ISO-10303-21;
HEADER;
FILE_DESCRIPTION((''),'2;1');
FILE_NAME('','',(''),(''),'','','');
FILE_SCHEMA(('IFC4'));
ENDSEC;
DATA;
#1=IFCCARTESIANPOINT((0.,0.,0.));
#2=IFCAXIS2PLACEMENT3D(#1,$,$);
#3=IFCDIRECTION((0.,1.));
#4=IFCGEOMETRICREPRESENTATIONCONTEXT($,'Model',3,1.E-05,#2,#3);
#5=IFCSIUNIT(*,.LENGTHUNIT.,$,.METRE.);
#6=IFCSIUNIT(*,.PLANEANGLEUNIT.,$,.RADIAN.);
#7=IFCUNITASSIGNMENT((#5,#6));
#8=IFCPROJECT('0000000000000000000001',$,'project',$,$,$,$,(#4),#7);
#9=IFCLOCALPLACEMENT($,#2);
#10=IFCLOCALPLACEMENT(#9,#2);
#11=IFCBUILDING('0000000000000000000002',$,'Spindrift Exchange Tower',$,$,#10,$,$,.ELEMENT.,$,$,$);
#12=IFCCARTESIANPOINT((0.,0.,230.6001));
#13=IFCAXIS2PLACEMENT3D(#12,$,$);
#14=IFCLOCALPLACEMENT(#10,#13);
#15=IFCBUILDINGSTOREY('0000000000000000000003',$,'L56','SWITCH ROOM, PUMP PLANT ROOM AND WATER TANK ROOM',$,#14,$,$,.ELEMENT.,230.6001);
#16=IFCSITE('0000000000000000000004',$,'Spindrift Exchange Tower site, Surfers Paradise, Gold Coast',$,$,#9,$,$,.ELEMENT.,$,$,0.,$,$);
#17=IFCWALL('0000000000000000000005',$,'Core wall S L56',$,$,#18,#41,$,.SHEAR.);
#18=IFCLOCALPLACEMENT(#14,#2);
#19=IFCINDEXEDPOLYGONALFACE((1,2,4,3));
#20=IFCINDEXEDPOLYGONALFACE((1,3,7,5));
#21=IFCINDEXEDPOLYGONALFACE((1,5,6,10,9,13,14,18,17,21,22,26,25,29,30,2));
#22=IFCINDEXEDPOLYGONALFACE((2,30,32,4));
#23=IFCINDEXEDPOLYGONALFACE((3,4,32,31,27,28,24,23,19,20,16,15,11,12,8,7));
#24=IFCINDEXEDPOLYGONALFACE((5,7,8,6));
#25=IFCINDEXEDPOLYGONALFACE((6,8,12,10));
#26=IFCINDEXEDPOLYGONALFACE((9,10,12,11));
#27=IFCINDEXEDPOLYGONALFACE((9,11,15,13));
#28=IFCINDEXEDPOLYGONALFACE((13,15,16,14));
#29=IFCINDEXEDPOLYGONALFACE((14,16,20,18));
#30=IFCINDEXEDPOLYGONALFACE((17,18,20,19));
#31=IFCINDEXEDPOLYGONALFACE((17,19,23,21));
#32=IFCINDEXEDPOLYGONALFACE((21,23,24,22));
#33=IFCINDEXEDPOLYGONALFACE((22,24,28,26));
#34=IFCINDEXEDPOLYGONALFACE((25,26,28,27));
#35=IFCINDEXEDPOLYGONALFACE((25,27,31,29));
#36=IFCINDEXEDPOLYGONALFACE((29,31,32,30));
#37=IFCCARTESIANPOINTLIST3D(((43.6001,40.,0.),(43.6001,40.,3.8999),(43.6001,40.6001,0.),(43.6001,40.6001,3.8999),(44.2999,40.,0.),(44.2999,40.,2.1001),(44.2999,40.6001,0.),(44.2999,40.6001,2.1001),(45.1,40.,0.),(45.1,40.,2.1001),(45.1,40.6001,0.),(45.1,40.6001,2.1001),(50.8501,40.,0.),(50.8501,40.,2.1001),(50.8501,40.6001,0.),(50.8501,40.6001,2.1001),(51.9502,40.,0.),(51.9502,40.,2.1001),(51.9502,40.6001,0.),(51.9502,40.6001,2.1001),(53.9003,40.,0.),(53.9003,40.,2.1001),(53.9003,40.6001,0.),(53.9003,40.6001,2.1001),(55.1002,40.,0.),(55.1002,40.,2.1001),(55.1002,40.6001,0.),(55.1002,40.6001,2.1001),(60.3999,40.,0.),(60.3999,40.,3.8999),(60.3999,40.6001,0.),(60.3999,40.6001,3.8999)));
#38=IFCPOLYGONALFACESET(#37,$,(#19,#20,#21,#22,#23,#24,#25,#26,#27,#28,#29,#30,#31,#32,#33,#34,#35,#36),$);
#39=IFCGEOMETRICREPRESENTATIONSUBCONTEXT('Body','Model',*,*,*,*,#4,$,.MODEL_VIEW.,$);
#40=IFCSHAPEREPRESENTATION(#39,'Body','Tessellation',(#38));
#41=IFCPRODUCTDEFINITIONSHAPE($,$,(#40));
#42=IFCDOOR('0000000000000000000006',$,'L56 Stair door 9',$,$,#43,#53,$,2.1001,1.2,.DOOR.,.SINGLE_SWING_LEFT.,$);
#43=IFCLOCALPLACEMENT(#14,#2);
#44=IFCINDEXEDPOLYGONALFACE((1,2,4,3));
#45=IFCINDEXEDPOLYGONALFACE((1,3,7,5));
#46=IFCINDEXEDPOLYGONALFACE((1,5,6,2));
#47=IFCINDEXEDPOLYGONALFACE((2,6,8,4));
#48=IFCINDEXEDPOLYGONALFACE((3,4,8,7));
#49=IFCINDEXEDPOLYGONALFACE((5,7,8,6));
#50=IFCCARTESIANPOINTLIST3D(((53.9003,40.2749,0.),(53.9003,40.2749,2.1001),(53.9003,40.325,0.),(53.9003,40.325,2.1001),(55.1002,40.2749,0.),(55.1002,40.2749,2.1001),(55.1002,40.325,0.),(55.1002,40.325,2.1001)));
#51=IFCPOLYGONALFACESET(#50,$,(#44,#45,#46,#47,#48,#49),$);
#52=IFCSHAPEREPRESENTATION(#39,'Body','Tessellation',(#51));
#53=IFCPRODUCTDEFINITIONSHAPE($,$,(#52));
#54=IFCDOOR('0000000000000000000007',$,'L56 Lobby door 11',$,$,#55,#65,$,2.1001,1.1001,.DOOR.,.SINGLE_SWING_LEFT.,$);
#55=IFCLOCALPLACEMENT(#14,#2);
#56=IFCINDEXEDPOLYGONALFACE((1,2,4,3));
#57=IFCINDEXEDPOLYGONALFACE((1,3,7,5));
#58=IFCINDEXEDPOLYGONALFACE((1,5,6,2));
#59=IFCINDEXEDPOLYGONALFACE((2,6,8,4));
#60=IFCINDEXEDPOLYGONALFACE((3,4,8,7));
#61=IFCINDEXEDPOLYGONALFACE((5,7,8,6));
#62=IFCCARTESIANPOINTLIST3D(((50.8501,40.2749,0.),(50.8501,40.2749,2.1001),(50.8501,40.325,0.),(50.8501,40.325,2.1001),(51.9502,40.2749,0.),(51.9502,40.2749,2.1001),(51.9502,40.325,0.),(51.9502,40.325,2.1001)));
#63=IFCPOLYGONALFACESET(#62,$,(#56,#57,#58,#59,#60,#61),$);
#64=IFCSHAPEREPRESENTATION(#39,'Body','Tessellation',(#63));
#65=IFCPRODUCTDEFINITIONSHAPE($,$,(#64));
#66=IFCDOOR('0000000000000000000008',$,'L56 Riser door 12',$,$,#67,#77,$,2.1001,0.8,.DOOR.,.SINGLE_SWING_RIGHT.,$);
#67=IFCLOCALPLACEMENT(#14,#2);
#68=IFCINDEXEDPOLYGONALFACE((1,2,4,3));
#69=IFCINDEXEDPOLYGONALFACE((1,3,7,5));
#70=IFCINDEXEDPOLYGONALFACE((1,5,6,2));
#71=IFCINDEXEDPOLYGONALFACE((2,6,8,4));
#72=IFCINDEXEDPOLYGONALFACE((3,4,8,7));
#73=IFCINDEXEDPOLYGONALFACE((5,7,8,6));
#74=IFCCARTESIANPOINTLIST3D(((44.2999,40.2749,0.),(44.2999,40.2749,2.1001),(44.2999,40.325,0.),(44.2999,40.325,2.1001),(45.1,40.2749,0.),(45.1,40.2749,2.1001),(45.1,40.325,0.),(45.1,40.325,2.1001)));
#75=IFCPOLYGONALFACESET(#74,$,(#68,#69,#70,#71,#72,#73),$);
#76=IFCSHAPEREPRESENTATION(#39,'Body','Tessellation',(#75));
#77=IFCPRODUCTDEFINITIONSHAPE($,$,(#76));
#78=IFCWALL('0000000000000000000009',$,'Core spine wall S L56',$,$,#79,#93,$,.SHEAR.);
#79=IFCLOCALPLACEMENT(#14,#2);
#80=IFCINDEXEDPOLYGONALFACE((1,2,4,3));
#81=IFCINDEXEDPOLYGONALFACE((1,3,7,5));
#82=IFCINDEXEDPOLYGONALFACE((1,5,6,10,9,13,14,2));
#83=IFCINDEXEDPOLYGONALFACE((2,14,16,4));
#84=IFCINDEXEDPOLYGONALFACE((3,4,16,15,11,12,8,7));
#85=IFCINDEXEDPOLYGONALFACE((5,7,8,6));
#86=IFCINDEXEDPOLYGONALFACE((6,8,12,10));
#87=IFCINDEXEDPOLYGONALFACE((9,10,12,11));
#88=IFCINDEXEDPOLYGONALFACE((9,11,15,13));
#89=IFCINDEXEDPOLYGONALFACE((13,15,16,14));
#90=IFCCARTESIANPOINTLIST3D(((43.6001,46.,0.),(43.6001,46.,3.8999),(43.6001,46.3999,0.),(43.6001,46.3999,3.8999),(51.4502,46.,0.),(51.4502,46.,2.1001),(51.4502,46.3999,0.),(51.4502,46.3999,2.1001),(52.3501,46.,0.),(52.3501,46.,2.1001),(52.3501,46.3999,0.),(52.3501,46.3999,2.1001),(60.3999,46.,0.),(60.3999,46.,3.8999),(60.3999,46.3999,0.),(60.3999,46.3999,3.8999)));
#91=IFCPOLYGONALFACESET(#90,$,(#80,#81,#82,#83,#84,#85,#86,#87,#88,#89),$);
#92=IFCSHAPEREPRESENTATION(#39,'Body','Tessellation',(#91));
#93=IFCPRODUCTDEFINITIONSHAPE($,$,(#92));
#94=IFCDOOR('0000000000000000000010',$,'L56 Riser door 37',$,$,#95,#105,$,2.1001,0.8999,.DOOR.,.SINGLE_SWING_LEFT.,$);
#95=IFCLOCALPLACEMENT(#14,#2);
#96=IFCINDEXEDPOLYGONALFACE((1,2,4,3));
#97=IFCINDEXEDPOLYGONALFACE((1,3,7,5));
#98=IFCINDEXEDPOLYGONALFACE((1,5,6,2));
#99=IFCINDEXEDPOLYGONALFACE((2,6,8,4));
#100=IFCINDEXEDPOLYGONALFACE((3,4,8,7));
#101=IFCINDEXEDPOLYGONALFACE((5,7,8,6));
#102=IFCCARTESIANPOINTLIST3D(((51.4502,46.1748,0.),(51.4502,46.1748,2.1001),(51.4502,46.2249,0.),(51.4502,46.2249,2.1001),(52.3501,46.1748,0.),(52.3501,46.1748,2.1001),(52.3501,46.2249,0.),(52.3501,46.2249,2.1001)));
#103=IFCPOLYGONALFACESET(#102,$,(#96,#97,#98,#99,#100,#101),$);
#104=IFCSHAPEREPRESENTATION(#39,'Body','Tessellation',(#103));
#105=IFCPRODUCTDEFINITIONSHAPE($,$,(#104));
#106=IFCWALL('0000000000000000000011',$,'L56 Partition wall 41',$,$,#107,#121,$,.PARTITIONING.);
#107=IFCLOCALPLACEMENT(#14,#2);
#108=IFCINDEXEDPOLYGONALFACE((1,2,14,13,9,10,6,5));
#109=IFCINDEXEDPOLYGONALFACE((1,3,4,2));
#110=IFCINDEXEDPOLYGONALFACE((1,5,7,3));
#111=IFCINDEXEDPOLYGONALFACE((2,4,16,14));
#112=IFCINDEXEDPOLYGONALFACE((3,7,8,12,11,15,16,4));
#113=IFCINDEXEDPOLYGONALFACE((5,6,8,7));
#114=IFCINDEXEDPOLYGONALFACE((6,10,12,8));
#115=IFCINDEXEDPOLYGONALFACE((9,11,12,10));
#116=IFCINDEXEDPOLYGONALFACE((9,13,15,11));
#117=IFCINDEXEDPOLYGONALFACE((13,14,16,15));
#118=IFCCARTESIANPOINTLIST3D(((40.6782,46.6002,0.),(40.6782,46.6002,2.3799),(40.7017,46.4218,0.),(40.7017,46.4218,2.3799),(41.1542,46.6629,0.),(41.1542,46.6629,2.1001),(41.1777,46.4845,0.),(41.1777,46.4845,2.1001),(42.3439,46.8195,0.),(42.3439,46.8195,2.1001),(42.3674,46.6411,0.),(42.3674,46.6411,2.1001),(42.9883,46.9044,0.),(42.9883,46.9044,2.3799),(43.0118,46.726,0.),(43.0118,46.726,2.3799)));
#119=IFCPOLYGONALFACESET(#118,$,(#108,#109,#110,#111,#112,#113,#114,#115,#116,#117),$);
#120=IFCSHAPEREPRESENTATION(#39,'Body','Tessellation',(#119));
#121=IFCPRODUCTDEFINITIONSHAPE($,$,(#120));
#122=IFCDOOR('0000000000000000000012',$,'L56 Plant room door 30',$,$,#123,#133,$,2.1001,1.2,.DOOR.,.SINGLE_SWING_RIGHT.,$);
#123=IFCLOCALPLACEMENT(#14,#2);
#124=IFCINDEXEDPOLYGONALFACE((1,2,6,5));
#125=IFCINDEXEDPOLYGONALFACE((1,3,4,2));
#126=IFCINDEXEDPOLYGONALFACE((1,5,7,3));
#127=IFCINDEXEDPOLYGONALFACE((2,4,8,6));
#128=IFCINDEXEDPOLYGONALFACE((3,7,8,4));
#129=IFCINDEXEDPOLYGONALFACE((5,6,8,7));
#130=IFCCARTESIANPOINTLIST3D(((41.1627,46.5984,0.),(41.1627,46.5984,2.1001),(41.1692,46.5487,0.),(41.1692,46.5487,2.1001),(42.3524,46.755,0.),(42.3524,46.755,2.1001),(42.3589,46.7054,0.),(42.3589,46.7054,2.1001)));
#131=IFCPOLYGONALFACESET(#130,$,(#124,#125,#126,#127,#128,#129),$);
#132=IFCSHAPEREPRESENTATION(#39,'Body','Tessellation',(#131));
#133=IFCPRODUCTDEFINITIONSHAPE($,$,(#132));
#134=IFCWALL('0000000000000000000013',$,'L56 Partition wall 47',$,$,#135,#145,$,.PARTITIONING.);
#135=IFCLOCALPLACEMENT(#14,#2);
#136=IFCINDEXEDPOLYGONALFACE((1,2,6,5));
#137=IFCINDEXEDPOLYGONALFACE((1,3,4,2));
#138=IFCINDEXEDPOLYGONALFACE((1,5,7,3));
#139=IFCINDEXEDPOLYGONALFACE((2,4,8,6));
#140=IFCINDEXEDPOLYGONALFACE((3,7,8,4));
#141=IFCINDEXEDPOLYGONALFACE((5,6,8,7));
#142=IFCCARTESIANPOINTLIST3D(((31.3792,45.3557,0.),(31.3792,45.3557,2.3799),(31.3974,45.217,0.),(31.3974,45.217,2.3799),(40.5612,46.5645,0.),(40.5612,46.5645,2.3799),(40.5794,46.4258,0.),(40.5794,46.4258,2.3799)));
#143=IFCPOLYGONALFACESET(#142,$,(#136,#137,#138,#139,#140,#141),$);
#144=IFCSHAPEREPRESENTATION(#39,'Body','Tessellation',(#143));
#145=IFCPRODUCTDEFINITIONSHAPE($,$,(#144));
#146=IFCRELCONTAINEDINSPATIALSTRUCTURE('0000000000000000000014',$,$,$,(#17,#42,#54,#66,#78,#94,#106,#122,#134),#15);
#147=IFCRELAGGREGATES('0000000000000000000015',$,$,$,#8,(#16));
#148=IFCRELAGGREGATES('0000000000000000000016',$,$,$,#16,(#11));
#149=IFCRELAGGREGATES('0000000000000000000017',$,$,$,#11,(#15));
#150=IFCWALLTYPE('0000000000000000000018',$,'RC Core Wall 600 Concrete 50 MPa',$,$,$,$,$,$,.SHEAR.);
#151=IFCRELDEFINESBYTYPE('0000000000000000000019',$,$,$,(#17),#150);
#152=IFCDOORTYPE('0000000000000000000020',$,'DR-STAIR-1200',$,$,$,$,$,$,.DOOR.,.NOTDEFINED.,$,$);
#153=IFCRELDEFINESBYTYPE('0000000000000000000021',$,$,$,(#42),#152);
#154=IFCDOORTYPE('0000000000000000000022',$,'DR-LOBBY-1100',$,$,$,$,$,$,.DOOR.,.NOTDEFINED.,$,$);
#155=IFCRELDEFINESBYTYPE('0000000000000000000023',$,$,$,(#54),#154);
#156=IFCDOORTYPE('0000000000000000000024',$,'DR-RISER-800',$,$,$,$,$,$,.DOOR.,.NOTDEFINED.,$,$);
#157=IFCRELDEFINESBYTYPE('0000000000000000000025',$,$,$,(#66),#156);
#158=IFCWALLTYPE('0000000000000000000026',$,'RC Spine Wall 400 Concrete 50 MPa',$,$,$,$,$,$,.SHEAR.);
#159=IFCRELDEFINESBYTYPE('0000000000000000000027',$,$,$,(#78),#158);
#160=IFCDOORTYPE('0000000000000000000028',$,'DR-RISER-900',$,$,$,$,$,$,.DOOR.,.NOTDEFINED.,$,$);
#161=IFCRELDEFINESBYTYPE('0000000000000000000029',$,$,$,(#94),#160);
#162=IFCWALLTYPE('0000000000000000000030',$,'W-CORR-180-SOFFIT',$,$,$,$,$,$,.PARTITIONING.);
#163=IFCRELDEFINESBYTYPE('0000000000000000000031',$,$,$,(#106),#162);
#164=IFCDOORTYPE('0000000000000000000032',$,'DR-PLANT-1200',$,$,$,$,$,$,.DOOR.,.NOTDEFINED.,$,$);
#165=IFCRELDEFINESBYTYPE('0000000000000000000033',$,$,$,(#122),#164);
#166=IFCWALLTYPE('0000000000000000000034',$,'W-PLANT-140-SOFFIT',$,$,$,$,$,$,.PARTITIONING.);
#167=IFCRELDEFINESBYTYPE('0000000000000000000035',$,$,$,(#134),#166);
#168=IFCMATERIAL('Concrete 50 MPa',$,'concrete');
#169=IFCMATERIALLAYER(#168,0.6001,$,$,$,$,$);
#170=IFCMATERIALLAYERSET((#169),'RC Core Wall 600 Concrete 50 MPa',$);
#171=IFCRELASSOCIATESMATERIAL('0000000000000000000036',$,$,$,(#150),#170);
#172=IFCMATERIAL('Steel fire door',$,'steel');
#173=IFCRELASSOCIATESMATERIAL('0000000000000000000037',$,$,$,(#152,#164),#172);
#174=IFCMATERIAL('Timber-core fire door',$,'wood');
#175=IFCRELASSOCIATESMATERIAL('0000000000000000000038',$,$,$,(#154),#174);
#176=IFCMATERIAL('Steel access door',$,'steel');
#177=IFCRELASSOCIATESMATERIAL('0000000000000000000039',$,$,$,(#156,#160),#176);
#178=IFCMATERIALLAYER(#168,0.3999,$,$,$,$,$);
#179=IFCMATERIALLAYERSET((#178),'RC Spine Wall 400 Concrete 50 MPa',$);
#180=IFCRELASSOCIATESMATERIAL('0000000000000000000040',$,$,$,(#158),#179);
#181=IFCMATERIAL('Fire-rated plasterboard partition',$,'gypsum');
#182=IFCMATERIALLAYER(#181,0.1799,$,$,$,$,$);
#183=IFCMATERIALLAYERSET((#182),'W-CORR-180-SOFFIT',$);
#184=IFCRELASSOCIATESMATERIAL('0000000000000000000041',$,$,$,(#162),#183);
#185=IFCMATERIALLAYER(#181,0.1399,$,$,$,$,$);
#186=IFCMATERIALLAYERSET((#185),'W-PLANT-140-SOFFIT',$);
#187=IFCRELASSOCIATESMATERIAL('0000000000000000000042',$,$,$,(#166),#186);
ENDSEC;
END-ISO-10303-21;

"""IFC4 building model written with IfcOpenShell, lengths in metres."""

from ifc_helpers import new_model, si_unit, direction, frame, frame_2d, origin, place, context, subcontext, project, spatial, rectangle, extrude, source, transform, mapped, material, layer, layer_set, type_object, element, fill, save


model = new_model("IFC4")

# Units and contexts
model_context = context("Model", 3, precision=1e-05, world=origin(), true_north=direction((0.0, 1.0)))
body_context = subcontext(model_context, "Body", "Model", "MODEL_VIEW")
ifc_project = project(units=[si_unit("LENGTHUNIT", "METRE"), si_unit("PLANEANGLEUNIT", "RADIAN")], contexts=[model_context])

# Site, building, storey
site_placement = place(None, origin())
site = spatial("IfcSite", under=ifc_project, at=site_placement, Name="Spindrift Exchange Tower site, Surfers Paradise, Gold Coast", CompositionType="ELEMENT", RefElevation=0.0)
building_placement = place(site_placement, origin())
building = spatial("IfcBuilding", under=site, at=building_placement, Name="Spindrift Exchange Tower", CompositionType="ELEMENT")
storey_placement = place(building_placement, frame((0.0, 0.0, 230.6001)))
storey = spatial("IfcBuildingStorey", under=building, at=storey_placement, Name="L56", Description="SWITCH ROOM, PUMP PLANT ROOM AND WATER TANK ROOM", CompositionType="ELEMENT", Elevation=230.6001)

# Wall, openings, doors
ifc_material_1 = material(Name="Concrete 50 MPa", Category="concrete")
ifc_layer_1 = layer(ifc_material_1, 0.6001)
ifc_layer_set_1 = layer_set([ifc_layer_1], Name="RC Core Wall 600 Concrete 50 MPa")
wall_type_1 = type_object("IfcWallType", Name="RC Core Wall 600 Concrete 50 MPa", PredefinedType="SHEAR", material=ifc_layer_set_1)
wall_1_placement = place(storey_placement, frame((43.6001, 40.3, 0.0), z_axis=(0.0, 0.0, 1.0), x_axis=(1.0, 0.0, 0.0)))
wall_1 = element("IfcWall", 1, at=wall_1_placement, inside=storey, type_object=wall_type_1, Name="Core wall S L56", PredefinedType="SHEAR", context=body_context, shape_type="SweptSolid", body=[
    extrude(rectangle(XDim=16.7998, YDim=0.6001, at=frame_2d((8.3999, 0.0))), origin(), (0.0, 0.0, 1.0), 3.8999),
])
opening_1_placement = place(wall_1_placement, frame((10.3, 0.0, 0.0)))
opening_1 = element("IfcOpeningElement", 2, at=opening_1_placement, cuts=wall_1, PredefinedType="OPENING", context=body_context, shape_type="SweptSolid", body=[
    extrude(rectangle(XDim=1.2, YDim=2.1001, at=frame_2d((0.6001, 1.05))), frame((0.0, 0.3101, 0.0), z_axis=(0.0, -1.0, 0.0), x_axis=(1.0, 0.0, 0.0)), (0.0, 0.0, 1.0), 0.6201),
])
opening_2_placement = place(wall_1_placement, frame((7.25, 0.0, 0.0)))
opening_2 = element("IfcOpeningElement", 3, at=opening_2_placement, cuts=wall_1, PredefinedType="OPENING", context=body_context, shape_type="SweptSolid", body=[
    extrude(rectangle(XDim=1.1001, YDim=2.1001, at=frame_2d((0.55, 1.05))), frame((0.0, 0.3101, 0.0), z_axis=(0.0, -1.0, 0.0), x_axis=(1.0, 0.0, 0.0)), (0.0, 0.0, 1.0), 0.6201),
])
opening_3_placement = place(wall_1_placement, frame((0.7, 0.0, 0.0)))
opening_3 = element("IfcOpeningElement", 4, at=opening_3_placement, cuts=wall_1, PredefinedType="OPENING", context=body_context, shape_type="SweptSolid", body=[
    extrude(rectangle(XDim=0.8, YDim=2.1001, at=frame_2d((0.3999, 1.05))), frame((0.0, 0.3101, 0.0), z_axis=(0.0, -1.0, 0.0), x_axis=(1.0, 0.0, 0.0)), (0.0, 0.0, 1.0), 0.6201),
])
ifc_material_2 = material(Name="Steel fire door", Category="steel")
door_type_1 = type_object("IfcDoorType", Name="DR-STAIR-1200", OperationType="NOTDEFINED", PredefinedType="DOOR", material=ifc_material_2)
shared_shape_1 = source(origin(), body_context, "Body", "SweptSolid", [
    extrude(rectangle(XDim=1.2, YDim=2.1001, at=frame_2d((0.6001, 1.05))), frame((0.0, 0.0249, 0.0), z_axis=(0.0, -1.0, 0.0), x_axis=(1.0, 0.0, 0.0)), (0.0, 0.0, 1.0), 0.05),
])
door_1_placement = place(opening_1_placement, origin())
door_1 = element("IfcDoor", 5, at=door_1_placement, inside=storey, type_object=door_type_1, Name="L56 Stair door 9", OperationType="SINGLE_SWING_LEFT", OverallHeight=2.1001, OverallWidth=1.2, PredefinedType="DOOR", context=body_context, shape_type="MappedRepresentation", body=[
    mapped(shared_shape_1, transform((0.0, 0.0, 0.0), scale=1.0)),
])
fill(opening_1, door_1)
ifc_material_3 = material(Name="Timber-core fire door", Category="wood")
door_type_2 = type_object("IfcDoorType", Name="DR-LOBBY-1100", OperationType="NOTDEFINED", PredefinedType="DOOR", material=ifc_material_3)
shared_shape_2 = source(origin(), body_context, "Body", "SweptSolid", [
    extrude(rectangle(XDim=1.1001, YDim=2.1001, at=frame_2d((0.55, 1.05))), frame((0.0, 0.0249, 0.0), z_axis=(0.0, -1.0, 0.0), x_axis=(1.0, 0.0, 0.0)), (0.0, 0.0, 1.0), 0.05),
])
door_2_placement = place(opening_2_placement, origin())
door_2 = element("IfcDoor", 6, at=door_2_placement, inside=storey, type_object=door_type_2, Name="L56 Lobby door 11", OperationType="SINGLE_SWING_LEFT", OverallHeight=2.1001, OverallWidth=1.1001, PredefinedType="DOOR", context=body_context, shape_type="MappedRepresentation", body=[
    mapped(shared_shape_2, transform((0.0, 0.0, 0.0), scale=1.0)),
])
fill(opening_2, door_2)
ifc_material_4 = material(Name="Steel access door", Category="steel")
door_type_3 = type_object("IfcDoorType", Name="DR-RISER-800", OperationType="NOTDEFINED", PredefinedType="DOOR", material=ifc_material_4)
shared_shape_3 = source(origin(), body_context, "Body", "SweptSolid", [
    extrude(rectangle(XDim=0.8, YDim=2.1001, at=frame_2d((0.3999, 1.05))), frame((0.0, 0.0249, 0.0), z_axis=(0.0, -1.0, 0.0), x_axis=(1.0, 0.0, 0.0)), (0.0, 0.0, 1.0), 0.05),
])
door_3_placement = place(opening_3_placement, origin())
door_3 = element("IfcDoor", 7, at=door_3_placement, inside=storey, type_object=door_type_3, Name="L56 Riser door 12", OperationType="SINGLE_SWING_RIGHT", OverallHeight=2.1001, OverallWidth=0.8, PredefinedType="DOOR", context=body_context, shape_type="MappedRepresentation", body=[
    mapped(shared_shape_3, transform((0.0, 0.0, 0.0), scale=1.0)),
])
fill(opening_3, door_3)

# Walls, openings, doors
ifc_layer_2 = layer(ifc_material_1, 0.3999)
ifc_layer_set_2 = layer_set([ifc_layer_2], Name="RC Spine Wall 400 Concrete 50 MPa")
wall_type_2 = type_object("IfcWallType", Name="RC Spine Wall 400 Concrete 50 MPa", PredefinedType="SHEAR", material=ifc_layer_set_2)
wall_2_placement = place(storey_placement, frame((43.6001, 46.2, 0.0), z_axis=(0.0, 0.0, 1.0), x_axis=(1.0, 0.0, 0.0)))
wall_2 = element("IfcWall", 8, at=wall_2_placement, inside=storey, type_object=wall_type_2, Name="Core spine wall S L56", PredefinedType="SHEAR", context=body_context, shape_type="SweptSolid", body=[
    extrude(rectangle(XDim=16.7998, YDim=0.3999, at=frame_2d((8.3999, 0.0))), origin(), (0.0, 0.0, 1.0), 3.8999),
])
opening_4_placement = place(wall_2_placement, frame((7.8501, 0.0, 0.0)))
opening_4 = element("IfcOpeningElement", 9, at=opening_4_placement, cuts=wall_2, PredefinedType="OPENING", context=body_context, shape_type="SweptSolid", body=[
    extrude(rectangle(XDim=0.8999, YDim=2.1001, at=frame_2d((0.45, 1.05))), frame((0.0, 0.21, 0.0), z_axis=(0.0, -1.0, 0.0), x_axis=(1.0, 0.0, 0.0)), (0.0, 0.0, 1.0), 0.4199),
])
door_type_4 = type_object("IfcDoorType", Name="DR-RISER-900", OperationType="NOTDEFINED", PredefinedType="DOOR", material=ifc_material_4)
shared_shape_4 = source(origin(), body_context, "Body", "SweptSolid", [
    extrude(rectangle(XDim=0.8999, YDim=2.1001, at=frame_2d((0.45, 1.05))), frame((0.0, 0.0249, 0.0), z_axis=(0.0, -1.0, 0.0), x_axis=(1.0, 0.0, 0.0)), (0.0, 0.0, 1.0), 0.05),
])
door_4_placement = place(opening_4_placement, origin())
door_4 = element("IfcDoor", 10, at=door_4_placement, inside=storey, type_object=door_type_4, Name="L56 Riser door 37", OperationType="SINGLE_SWING_LEFT", OverallHeight=2.1001, OverallWidth=0.8999, PredefinedType="DOOR", context=body_context, shape_type="MappedRepresentation", body=[
    mapped(shared_shape_4, transform((0.0, 0.0, 0.0), scale=1.0)),
])
fill(opening_4, door_4)
ifc_material_5 = material(Name="Fire-rated plasterboard partition", Category="gypsum")
ifc_layer_3 = layer(ifc_material_5, 0.1799)
ifc_layer_set_3 = layer_set([ifc_layer_3], Name="W-CORR-180-SOFFIT")
wall_type_3 = type_object("IfcWallType", Name="W-CORR-180-SOFFIT", PredefinedType="PARTITIONING", material=ifc_layer_set_3)
wall_3_placement = place(storey_placement, frame((40.6899, 46.511, 0.0), z_axis=(0.0, 0.0, 1.0), x_axis=(0.991441, 0.130558, 0.0)))
wall_3 = element("IfcWall", 11, at=wall_3_placement, inside=storey, type_object=wall_type_3, Name="L56 Partition wall 41", PredefinedType="PARTITIONING", context=body_context, shape_type="SweptSolid", body=[
    extrude(rectangle(XDim=2.3301, YDim=0.1799, at=frame_2d((1.165, 0.0))), origin(), (0.0, 0.0, 1.0), 2.3799),
])
opening_5_placement = place(wall_3_placement, frame((0.48, 0.0, 0.0)))
opening_5 = element("IfcOpeningElement", 12, at=opening_5_placement, cuts=wall_3, PredefinedType="OPENING", context=body_context, shape_type="SweptSolid", body=[
    extrude(rectangle(XDim=1.2, YDim=2.1001, at=frame_2d((0.6001, 1.05))), frame((0.0, 0.0999, 0.0), z_axis=(0.0, -1.0, 0.0), x_axis=(1.0, 0.0, 0.0)), (0.0, 0.0, 1.0), 0.2),
])
door_type_5 = type_object("IfcDoorType", Name="DR-PLANT-1200", OperationType="NOTDEFINED", PredefinedType="DOOR", material=ifc_material_2)
shared_shape_5 = source(origin(), body_context, "Body", "SweptSolid", [
    extrude(rectangle(XDim=1.2, YDim=2.1001, at=frame_2d((0.6001, 1.05))), frame((0.0, 0.0249, 0.0), z_axis=(0.0, -1.0, 0.0), x_axis=(1.0, 0.0, 0.0)), (0.0, 0.0, 1.0), 0.05),
])
door_5_placement = place(opening_5_placement, origin())
door_5 = element("IfcDoor", 13, at=door_5_placement, inside=storey, type_object=door_type_5, Name="L56 Plant room door 30", OperationType="SINGLE_SWING_RIGHT", OverallHeight=2.1001, OverallWidth=1.2, PredefinedType="DOOR", context=body_context, shape_type="MappedRepresentation", body=[
    mapped(shared_shape_5, transform((0.0, 0.0, 0.0), scale=1.0)),
])
fill(opening_5, door_5)

# Wall
ifc_layer_4 = layer(ifc_material_5, 0.1399)
ifc_layer_set_4 = layer_set([ifc_layer_4], Name="W-PLANT-140-SOFFIT")
wall_type_4 = type_object("IfcWallType", Name="W-PLANT-140-SOFFIT", PredefinedType="PARTITIONING", material=ifc_layer_set_4)
wall_4_placement = place(storey_placement, frame((40.5703, 46.4951, 0.0), z_axis=(0.0, 0.0, 1.0), x_axis=(-0.991446, -0.130515, 0.0)))
element("IfcWall", 14, at=wall_4_placement, inside=storey, type_object=wall_type_4, Name="L56 Partition wall 47", PredefinedType="PARTITIONING", context=body_context, shape_type="SweptSolid", body=[
    extrude(rectangle(XDim=9.2612, YDim=0.1399, at=frame_2d((4.6306, 0.0))), origin(), (0.0, 0.0, 1.0), 2.3799),
])

save(model, "model.ifc")
